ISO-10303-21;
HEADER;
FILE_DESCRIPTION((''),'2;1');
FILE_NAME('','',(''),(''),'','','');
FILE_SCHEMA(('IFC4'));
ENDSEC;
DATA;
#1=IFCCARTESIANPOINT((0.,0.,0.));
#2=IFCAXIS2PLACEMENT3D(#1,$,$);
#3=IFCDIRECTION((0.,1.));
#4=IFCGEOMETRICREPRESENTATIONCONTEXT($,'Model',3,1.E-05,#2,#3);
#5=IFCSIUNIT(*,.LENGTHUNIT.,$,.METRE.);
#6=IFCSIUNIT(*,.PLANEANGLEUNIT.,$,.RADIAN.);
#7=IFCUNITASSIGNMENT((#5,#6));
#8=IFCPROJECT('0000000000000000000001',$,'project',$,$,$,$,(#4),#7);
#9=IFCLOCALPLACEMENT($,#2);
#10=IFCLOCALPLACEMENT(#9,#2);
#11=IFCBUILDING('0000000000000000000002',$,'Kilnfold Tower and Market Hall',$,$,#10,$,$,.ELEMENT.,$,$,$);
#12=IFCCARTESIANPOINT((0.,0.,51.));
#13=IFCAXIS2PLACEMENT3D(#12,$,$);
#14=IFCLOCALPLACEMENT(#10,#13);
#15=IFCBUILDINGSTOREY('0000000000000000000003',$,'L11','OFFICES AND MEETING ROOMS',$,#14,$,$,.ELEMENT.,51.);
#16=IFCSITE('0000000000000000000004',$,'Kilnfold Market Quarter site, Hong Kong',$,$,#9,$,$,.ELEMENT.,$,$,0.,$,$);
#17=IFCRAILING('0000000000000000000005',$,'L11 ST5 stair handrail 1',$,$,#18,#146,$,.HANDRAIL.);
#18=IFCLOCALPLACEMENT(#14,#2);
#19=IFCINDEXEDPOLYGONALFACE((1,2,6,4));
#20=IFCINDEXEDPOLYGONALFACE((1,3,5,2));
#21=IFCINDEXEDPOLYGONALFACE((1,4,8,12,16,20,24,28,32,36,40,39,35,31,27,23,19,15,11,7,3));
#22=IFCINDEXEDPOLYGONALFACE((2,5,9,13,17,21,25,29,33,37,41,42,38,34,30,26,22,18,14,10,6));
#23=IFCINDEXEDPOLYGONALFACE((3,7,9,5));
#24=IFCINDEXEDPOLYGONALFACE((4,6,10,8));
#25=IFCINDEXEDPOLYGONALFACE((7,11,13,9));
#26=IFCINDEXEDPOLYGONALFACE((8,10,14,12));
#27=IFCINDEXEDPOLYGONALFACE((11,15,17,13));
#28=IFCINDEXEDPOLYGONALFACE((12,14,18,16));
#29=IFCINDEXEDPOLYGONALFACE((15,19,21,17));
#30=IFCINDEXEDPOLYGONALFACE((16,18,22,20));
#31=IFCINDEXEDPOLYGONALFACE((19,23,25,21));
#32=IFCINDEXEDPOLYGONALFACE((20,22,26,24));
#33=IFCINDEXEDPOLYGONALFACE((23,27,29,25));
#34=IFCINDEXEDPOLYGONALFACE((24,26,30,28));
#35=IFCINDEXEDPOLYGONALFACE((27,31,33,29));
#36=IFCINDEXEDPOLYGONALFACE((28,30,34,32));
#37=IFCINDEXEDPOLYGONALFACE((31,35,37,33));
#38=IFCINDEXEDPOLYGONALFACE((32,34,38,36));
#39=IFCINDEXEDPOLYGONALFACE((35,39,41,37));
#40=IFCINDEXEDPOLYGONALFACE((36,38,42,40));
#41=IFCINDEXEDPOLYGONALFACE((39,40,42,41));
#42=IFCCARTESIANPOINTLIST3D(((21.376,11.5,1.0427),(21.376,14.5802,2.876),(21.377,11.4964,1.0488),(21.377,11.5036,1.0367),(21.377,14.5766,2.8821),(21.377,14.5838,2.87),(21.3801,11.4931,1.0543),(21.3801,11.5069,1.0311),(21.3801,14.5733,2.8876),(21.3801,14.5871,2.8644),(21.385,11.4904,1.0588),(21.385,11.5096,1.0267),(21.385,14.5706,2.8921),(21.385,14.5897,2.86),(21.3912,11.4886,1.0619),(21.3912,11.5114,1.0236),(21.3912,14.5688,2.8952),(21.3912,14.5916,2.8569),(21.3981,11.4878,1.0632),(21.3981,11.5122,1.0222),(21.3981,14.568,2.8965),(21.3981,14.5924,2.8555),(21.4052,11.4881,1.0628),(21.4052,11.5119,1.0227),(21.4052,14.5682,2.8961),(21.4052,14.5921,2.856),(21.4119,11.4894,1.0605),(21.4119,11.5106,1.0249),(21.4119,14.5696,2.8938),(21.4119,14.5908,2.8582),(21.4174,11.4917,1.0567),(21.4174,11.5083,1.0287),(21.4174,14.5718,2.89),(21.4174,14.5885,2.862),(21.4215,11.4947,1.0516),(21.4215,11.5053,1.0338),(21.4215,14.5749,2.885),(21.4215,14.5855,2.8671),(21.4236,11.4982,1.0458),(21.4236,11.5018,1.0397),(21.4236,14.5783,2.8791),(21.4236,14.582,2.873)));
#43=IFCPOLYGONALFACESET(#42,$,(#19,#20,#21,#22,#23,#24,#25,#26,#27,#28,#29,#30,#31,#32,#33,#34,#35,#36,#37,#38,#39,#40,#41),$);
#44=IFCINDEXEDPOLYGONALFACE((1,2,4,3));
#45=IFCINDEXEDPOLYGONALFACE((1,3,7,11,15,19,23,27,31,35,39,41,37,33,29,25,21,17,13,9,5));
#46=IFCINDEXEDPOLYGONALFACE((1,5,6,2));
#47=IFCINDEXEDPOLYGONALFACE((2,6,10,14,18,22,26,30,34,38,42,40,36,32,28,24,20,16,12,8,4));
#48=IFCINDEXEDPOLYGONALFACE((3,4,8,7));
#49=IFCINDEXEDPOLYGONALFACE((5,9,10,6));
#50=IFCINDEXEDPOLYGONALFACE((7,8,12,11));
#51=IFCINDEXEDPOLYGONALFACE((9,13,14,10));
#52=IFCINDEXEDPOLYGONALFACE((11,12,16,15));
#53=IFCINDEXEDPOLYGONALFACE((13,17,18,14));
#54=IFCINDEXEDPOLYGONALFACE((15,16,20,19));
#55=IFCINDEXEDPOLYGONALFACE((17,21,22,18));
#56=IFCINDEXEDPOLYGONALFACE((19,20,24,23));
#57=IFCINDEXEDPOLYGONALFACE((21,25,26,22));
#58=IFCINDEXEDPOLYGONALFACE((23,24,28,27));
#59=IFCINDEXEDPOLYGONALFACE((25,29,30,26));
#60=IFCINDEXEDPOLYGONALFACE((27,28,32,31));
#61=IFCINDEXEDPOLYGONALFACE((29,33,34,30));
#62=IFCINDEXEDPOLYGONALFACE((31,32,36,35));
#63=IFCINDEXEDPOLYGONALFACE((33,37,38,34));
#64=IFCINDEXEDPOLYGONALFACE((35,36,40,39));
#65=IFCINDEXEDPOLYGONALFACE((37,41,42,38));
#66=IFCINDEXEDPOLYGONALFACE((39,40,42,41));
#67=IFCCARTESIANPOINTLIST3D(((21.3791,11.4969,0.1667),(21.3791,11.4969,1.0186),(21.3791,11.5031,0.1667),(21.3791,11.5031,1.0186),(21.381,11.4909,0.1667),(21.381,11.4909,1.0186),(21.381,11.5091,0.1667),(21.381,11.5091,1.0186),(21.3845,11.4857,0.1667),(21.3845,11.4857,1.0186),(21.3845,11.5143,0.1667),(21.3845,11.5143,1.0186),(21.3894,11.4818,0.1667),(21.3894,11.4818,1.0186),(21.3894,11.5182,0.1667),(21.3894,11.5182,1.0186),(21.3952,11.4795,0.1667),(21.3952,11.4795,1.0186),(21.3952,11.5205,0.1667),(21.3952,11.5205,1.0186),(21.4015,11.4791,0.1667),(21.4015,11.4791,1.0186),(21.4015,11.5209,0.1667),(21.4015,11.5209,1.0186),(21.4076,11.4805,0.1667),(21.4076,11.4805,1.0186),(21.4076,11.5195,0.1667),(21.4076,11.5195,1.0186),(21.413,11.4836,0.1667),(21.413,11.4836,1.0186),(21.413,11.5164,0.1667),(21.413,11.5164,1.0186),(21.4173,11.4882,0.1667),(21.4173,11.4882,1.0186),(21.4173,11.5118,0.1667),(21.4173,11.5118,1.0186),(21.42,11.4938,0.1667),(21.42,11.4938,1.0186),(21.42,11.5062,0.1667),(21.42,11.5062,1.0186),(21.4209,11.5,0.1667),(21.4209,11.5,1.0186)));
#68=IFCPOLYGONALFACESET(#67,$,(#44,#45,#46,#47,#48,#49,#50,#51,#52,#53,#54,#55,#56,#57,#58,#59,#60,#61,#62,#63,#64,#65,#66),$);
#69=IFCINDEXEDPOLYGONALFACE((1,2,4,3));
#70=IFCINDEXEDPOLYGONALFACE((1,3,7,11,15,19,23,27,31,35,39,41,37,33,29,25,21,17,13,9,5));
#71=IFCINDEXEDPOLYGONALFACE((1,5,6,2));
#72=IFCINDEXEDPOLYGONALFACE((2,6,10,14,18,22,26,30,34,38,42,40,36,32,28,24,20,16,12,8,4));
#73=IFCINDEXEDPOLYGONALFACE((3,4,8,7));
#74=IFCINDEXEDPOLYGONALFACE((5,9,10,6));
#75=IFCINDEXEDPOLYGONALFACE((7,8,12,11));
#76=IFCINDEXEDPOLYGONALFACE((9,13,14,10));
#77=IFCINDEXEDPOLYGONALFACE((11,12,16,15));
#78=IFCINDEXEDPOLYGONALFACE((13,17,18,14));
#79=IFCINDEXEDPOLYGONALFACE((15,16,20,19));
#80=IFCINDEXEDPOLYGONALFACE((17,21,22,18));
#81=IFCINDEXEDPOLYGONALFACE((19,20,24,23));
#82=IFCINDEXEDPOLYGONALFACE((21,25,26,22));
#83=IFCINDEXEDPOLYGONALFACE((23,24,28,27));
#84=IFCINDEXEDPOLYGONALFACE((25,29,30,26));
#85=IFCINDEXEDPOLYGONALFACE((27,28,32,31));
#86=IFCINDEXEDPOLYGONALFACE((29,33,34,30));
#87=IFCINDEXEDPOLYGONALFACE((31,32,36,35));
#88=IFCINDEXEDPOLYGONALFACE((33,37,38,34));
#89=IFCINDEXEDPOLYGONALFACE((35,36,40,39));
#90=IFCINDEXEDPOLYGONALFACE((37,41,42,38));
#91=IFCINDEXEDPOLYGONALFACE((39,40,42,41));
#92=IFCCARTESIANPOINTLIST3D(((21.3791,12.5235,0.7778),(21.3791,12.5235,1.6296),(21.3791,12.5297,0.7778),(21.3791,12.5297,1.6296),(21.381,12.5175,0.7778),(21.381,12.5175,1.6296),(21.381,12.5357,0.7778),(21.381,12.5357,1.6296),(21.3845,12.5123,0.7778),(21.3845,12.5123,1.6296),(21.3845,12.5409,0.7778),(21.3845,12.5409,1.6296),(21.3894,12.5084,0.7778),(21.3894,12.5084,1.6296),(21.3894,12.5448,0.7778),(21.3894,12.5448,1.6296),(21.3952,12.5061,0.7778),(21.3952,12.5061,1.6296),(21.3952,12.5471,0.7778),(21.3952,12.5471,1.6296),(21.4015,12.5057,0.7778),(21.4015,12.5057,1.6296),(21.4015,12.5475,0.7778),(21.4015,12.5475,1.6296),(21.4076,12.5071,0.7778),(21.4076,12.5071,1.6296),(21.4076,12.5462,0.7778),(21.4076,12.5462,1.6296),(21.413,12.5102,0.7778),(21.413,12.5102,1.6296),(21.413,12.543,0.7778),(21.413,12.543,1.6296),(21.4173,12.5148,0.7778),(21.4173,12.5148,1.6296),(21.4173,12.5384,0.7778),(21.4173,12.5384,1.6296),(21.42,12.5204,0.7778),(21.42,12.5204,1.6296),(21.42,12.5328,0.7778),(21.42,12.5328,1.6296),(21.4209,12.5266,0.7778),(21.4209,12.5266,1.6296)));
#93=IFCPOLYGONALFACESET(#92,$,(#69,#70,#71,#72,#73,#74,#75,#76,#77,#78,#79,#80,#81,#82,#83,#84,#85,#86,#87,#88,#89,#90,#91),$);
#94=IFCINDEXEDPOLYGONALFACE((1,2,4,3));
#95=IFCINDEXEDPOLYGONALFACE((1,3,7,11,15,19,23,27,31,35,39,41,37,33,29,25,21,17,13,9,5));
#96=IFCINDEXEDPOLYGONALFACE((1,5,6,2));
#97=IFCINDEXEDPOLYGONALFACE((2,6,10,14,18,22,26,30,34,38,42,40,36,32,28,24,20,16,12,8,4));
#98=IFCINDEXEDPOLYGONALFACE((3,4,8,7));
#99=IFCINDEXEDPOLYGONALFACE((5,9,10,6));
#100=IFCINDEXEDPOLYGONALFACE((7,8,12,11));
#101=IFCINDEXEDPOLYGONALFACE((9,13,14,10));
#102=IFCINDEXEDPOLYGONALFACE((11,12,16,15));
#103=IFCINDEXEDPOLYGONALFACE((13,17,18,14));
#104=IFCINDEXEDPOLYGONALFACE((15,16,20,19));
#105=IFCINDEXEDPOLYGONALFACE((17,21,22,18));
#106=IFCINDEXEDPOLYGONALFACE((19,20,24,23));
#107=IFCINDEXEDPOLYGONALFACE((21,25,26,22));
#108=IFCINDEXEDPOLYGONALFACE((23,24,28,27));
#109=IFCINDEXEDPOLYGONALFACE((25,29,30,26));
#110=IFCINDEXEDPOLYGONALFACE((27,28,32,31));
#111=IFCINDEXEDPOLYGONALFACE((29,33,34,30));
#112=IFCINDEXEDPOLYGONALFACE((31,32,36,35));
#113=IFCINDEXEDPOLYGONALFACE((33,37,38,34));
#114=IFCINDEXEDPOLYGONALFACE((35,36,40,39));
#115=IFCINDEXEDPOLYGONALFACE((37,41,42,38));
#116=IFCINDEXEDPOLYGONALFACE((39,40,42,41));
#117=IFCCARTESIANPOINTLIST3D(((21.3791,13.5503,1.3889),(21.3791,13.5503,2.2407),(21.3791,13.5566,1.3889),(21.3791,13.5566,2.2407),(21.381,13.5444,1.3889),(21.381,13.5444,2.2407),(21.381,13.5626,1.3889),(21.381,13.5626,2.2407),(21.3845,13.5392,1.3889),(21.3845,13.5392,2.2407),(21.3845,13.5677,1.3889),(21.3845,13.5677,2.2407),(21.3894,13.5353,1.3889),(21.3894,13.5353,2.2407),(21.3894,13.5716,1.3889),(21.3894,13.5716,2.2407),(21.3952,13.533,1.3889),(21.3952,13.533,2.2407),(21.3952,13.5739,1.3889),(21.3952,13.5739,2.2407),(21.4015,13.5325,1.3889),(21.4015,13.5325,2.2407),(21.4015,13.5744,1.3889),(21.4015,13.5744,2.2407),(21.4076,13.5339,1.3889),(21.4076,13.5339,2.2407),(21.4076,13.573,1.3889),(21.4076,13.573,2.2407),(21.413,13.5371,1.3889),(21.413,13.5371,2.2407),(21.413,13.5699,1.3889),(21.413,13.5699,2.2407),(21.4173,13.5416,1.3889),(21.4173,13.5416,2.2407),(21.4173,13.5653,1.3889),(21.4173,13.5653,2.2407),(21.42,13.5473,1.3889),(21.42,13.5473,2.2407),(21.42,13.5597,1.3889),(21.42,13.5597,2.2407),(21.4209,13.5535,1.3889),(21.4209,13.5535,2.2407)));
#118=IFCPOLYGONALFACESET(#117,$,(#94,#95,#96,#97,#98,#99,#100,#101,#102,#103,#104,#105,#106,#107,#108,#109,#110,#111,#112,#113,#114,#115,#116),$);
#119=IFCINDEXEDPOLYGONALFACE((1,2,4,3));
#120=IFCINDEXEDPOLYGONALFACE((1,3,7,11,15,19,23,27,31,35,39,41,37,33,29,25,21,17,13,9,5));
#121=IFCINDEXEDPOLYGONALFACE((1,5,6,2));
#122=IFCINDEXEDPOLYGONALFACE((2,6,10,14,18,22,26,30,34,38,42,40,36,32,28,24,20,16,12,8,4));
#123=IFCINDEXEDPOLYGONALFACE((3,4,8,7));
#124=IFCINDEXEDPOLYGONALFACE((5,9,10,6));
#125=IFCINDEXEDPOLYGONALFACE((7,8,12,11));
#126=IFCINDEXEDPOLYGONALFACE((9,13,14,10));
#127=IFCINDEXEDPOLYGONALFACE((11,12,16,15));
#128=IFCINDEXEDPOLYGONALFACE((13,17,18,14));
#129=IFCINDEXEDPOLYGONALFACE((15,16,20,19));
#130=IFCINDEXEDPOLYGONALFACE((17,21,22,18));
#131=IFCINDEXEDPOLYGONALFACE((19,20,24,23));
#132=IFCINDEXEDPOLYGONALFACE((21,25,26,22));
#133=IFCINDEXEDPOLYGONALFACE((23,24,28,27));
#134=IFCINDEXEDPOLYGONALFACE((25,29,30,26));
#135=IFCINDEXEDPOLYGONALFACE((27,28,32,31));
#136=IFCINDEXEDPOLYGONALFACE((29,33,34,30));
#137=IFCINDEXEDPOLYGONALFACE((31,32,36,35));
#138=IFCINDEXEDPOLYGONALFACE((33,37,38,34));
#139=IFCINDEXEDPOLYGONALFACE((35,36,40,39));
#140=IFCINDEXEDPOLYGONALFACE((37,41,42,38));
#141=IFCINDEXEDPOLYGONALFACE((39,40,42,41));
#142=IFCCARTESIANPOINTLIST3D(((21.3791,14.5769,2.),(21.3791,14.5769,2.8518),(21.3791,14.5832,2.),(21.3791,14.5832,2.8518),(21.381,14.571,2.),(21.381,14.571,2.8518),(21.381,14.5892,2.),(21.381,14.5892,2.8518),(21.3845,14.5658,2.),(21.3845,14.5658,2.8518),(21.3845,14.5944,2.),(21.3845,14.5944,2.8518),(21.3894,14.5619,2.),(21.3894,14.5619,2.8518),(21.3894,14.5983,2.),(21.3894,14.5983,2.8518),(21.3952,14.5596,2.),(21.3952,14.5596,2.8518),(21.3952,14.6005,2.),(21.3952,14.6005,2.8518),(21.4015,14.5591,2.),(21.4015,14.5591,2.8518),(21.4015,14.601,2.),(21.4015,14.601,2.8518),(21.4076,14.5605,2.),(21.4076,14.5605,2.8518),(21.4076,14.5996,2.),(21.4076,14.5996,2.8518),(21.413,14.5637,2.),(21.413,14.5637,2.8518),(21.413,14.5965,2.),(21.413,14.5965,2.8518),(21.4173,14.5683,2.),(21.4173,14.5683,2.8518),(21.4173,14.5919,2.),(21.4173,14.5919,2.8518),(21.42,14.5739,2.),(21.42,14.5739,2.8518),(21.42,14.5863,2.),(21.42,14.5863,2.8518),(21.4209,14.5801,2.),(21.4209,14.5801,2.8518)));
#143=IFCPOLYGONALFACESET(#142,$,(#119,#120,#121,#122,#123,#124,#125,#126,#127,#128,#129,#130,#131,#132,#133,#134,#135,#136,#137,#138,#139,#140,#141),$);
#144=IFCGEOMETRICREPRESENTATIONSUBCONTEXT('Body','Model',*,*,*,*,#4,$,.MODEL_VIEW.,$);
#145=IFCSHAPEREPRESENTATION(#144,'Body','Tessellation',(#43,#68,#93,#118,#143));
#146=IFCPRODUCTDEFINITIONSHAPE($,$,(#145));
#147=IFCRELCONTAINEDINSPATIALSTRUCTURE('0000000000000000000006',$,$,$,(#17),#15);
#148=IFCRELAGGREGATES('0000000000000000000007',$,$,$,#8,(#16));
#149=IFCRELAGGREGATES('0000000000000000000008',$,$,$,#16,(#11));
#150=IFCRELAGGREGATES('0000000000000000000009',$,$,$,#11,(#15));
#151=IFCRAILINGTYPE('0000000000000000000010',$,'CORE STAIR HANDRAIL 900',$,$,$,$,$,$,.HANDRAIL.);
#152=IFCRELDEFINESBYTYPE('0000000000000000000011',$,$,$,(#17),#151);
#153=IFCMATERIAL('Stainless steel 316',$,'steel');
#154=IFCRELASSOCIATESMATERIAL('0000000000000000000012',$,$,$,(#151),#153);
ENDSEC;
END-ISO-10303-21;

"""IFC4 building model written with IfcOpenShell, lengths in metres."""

from ifc_helpers import new_model, si_unit, direction, frame, origin, origin_2d, place, context, subcontext, project, spatial, circle, extrude, material, type_object, element, save


model = new_model("IFC4")

# Units and contexts
model_context = context("Model", 3, precision=1e-05, world=origin(), true_north=direction((0.0, 1.0)))
body_context = subcontext(model_context, "Body", "Model", "MODEL_VIEW")
ifc_project = project(units=[si_unit("LENGTHUNIT", "METRE"), si_unit("PLANEANGLEUNIT", "RADIAN")], contexts=[model_context])

# Site, building, storey
site_placement = place(None, origin())
site = spatial("IfcSite", under=ifc_project, at=site_placement, Name="Kilnfold Market Quarter site, Hong Kong", CompositionType="ELEMENT", RefElevation=0.0)
building_placement = place(site_placement, origin())
building = spatial("IfcBuilding", under=site, at=building_placement, Name="Kilnfold Tower and Market Hall", CompositionType="ELEMENT")
storey_placement = place(building_placement, frame((0.0, 0.0, 51.0)))
storey = spatial("IfcBuildingStorey", under=building, at=storey_placement, Name="L11", Description="OFFICES AND MEETING ROOMS", CompositionType="ELEMENT", Elevation=51.0)

# Railing
ifc_material_1 = material(Name="Stainless steel 316", Category="steel")
railing_type_1 = type_object("IfcRailingType", Name="CORE STAIR HANDRAIL 900", PredefinedType="HANDRAIL", material=ifc_material_1)
railing_1_placement = place(storey_placement, frame((21.3999, 11.5, 0.1667)))
element("IfcRailing", 1, at=railing_1_placement, inside=storey, type_object=railing_type_1, Name="L11 ST5 stair handrail 1", PredefinedType="HANDRAIL", context=body_context, shape_type="SweptSolid", body=[
    extrude(circle(Radius=0.0239, at=origin_2d()), frame((0.0, 0.0, 0.876), z_axis=(0.0, 0.859309, 0.511458), x_axis=(-1.0, 0.0, 0.0)), (0.0, 0.0, 1.0), 3.5845),
    extrude(circle(Radius=0.021, at=origin_2d()), origin(), (0.0, 0.0, 1.0), 0.8518),
    extrude(circle(Radius=0.021, at=origin_2d()), frame((0.0, 1.0266, 0.6111)), (0.0, 0.0, 1.0), 0.8518),
    extrude(circle(Radius=0.021, at=origin_2d()), frame((0.0, 2.0535, 1.2222)), (0.0, 0.0, 1.0), 0.8518),
    extrude(circle(Radius=0.021, at=origin_2d()), frame((0.0, 3.0801, 1.8333)), (0.0, 0.0, 1.0), 0.8518),
])

save(model, "model.ifc")
